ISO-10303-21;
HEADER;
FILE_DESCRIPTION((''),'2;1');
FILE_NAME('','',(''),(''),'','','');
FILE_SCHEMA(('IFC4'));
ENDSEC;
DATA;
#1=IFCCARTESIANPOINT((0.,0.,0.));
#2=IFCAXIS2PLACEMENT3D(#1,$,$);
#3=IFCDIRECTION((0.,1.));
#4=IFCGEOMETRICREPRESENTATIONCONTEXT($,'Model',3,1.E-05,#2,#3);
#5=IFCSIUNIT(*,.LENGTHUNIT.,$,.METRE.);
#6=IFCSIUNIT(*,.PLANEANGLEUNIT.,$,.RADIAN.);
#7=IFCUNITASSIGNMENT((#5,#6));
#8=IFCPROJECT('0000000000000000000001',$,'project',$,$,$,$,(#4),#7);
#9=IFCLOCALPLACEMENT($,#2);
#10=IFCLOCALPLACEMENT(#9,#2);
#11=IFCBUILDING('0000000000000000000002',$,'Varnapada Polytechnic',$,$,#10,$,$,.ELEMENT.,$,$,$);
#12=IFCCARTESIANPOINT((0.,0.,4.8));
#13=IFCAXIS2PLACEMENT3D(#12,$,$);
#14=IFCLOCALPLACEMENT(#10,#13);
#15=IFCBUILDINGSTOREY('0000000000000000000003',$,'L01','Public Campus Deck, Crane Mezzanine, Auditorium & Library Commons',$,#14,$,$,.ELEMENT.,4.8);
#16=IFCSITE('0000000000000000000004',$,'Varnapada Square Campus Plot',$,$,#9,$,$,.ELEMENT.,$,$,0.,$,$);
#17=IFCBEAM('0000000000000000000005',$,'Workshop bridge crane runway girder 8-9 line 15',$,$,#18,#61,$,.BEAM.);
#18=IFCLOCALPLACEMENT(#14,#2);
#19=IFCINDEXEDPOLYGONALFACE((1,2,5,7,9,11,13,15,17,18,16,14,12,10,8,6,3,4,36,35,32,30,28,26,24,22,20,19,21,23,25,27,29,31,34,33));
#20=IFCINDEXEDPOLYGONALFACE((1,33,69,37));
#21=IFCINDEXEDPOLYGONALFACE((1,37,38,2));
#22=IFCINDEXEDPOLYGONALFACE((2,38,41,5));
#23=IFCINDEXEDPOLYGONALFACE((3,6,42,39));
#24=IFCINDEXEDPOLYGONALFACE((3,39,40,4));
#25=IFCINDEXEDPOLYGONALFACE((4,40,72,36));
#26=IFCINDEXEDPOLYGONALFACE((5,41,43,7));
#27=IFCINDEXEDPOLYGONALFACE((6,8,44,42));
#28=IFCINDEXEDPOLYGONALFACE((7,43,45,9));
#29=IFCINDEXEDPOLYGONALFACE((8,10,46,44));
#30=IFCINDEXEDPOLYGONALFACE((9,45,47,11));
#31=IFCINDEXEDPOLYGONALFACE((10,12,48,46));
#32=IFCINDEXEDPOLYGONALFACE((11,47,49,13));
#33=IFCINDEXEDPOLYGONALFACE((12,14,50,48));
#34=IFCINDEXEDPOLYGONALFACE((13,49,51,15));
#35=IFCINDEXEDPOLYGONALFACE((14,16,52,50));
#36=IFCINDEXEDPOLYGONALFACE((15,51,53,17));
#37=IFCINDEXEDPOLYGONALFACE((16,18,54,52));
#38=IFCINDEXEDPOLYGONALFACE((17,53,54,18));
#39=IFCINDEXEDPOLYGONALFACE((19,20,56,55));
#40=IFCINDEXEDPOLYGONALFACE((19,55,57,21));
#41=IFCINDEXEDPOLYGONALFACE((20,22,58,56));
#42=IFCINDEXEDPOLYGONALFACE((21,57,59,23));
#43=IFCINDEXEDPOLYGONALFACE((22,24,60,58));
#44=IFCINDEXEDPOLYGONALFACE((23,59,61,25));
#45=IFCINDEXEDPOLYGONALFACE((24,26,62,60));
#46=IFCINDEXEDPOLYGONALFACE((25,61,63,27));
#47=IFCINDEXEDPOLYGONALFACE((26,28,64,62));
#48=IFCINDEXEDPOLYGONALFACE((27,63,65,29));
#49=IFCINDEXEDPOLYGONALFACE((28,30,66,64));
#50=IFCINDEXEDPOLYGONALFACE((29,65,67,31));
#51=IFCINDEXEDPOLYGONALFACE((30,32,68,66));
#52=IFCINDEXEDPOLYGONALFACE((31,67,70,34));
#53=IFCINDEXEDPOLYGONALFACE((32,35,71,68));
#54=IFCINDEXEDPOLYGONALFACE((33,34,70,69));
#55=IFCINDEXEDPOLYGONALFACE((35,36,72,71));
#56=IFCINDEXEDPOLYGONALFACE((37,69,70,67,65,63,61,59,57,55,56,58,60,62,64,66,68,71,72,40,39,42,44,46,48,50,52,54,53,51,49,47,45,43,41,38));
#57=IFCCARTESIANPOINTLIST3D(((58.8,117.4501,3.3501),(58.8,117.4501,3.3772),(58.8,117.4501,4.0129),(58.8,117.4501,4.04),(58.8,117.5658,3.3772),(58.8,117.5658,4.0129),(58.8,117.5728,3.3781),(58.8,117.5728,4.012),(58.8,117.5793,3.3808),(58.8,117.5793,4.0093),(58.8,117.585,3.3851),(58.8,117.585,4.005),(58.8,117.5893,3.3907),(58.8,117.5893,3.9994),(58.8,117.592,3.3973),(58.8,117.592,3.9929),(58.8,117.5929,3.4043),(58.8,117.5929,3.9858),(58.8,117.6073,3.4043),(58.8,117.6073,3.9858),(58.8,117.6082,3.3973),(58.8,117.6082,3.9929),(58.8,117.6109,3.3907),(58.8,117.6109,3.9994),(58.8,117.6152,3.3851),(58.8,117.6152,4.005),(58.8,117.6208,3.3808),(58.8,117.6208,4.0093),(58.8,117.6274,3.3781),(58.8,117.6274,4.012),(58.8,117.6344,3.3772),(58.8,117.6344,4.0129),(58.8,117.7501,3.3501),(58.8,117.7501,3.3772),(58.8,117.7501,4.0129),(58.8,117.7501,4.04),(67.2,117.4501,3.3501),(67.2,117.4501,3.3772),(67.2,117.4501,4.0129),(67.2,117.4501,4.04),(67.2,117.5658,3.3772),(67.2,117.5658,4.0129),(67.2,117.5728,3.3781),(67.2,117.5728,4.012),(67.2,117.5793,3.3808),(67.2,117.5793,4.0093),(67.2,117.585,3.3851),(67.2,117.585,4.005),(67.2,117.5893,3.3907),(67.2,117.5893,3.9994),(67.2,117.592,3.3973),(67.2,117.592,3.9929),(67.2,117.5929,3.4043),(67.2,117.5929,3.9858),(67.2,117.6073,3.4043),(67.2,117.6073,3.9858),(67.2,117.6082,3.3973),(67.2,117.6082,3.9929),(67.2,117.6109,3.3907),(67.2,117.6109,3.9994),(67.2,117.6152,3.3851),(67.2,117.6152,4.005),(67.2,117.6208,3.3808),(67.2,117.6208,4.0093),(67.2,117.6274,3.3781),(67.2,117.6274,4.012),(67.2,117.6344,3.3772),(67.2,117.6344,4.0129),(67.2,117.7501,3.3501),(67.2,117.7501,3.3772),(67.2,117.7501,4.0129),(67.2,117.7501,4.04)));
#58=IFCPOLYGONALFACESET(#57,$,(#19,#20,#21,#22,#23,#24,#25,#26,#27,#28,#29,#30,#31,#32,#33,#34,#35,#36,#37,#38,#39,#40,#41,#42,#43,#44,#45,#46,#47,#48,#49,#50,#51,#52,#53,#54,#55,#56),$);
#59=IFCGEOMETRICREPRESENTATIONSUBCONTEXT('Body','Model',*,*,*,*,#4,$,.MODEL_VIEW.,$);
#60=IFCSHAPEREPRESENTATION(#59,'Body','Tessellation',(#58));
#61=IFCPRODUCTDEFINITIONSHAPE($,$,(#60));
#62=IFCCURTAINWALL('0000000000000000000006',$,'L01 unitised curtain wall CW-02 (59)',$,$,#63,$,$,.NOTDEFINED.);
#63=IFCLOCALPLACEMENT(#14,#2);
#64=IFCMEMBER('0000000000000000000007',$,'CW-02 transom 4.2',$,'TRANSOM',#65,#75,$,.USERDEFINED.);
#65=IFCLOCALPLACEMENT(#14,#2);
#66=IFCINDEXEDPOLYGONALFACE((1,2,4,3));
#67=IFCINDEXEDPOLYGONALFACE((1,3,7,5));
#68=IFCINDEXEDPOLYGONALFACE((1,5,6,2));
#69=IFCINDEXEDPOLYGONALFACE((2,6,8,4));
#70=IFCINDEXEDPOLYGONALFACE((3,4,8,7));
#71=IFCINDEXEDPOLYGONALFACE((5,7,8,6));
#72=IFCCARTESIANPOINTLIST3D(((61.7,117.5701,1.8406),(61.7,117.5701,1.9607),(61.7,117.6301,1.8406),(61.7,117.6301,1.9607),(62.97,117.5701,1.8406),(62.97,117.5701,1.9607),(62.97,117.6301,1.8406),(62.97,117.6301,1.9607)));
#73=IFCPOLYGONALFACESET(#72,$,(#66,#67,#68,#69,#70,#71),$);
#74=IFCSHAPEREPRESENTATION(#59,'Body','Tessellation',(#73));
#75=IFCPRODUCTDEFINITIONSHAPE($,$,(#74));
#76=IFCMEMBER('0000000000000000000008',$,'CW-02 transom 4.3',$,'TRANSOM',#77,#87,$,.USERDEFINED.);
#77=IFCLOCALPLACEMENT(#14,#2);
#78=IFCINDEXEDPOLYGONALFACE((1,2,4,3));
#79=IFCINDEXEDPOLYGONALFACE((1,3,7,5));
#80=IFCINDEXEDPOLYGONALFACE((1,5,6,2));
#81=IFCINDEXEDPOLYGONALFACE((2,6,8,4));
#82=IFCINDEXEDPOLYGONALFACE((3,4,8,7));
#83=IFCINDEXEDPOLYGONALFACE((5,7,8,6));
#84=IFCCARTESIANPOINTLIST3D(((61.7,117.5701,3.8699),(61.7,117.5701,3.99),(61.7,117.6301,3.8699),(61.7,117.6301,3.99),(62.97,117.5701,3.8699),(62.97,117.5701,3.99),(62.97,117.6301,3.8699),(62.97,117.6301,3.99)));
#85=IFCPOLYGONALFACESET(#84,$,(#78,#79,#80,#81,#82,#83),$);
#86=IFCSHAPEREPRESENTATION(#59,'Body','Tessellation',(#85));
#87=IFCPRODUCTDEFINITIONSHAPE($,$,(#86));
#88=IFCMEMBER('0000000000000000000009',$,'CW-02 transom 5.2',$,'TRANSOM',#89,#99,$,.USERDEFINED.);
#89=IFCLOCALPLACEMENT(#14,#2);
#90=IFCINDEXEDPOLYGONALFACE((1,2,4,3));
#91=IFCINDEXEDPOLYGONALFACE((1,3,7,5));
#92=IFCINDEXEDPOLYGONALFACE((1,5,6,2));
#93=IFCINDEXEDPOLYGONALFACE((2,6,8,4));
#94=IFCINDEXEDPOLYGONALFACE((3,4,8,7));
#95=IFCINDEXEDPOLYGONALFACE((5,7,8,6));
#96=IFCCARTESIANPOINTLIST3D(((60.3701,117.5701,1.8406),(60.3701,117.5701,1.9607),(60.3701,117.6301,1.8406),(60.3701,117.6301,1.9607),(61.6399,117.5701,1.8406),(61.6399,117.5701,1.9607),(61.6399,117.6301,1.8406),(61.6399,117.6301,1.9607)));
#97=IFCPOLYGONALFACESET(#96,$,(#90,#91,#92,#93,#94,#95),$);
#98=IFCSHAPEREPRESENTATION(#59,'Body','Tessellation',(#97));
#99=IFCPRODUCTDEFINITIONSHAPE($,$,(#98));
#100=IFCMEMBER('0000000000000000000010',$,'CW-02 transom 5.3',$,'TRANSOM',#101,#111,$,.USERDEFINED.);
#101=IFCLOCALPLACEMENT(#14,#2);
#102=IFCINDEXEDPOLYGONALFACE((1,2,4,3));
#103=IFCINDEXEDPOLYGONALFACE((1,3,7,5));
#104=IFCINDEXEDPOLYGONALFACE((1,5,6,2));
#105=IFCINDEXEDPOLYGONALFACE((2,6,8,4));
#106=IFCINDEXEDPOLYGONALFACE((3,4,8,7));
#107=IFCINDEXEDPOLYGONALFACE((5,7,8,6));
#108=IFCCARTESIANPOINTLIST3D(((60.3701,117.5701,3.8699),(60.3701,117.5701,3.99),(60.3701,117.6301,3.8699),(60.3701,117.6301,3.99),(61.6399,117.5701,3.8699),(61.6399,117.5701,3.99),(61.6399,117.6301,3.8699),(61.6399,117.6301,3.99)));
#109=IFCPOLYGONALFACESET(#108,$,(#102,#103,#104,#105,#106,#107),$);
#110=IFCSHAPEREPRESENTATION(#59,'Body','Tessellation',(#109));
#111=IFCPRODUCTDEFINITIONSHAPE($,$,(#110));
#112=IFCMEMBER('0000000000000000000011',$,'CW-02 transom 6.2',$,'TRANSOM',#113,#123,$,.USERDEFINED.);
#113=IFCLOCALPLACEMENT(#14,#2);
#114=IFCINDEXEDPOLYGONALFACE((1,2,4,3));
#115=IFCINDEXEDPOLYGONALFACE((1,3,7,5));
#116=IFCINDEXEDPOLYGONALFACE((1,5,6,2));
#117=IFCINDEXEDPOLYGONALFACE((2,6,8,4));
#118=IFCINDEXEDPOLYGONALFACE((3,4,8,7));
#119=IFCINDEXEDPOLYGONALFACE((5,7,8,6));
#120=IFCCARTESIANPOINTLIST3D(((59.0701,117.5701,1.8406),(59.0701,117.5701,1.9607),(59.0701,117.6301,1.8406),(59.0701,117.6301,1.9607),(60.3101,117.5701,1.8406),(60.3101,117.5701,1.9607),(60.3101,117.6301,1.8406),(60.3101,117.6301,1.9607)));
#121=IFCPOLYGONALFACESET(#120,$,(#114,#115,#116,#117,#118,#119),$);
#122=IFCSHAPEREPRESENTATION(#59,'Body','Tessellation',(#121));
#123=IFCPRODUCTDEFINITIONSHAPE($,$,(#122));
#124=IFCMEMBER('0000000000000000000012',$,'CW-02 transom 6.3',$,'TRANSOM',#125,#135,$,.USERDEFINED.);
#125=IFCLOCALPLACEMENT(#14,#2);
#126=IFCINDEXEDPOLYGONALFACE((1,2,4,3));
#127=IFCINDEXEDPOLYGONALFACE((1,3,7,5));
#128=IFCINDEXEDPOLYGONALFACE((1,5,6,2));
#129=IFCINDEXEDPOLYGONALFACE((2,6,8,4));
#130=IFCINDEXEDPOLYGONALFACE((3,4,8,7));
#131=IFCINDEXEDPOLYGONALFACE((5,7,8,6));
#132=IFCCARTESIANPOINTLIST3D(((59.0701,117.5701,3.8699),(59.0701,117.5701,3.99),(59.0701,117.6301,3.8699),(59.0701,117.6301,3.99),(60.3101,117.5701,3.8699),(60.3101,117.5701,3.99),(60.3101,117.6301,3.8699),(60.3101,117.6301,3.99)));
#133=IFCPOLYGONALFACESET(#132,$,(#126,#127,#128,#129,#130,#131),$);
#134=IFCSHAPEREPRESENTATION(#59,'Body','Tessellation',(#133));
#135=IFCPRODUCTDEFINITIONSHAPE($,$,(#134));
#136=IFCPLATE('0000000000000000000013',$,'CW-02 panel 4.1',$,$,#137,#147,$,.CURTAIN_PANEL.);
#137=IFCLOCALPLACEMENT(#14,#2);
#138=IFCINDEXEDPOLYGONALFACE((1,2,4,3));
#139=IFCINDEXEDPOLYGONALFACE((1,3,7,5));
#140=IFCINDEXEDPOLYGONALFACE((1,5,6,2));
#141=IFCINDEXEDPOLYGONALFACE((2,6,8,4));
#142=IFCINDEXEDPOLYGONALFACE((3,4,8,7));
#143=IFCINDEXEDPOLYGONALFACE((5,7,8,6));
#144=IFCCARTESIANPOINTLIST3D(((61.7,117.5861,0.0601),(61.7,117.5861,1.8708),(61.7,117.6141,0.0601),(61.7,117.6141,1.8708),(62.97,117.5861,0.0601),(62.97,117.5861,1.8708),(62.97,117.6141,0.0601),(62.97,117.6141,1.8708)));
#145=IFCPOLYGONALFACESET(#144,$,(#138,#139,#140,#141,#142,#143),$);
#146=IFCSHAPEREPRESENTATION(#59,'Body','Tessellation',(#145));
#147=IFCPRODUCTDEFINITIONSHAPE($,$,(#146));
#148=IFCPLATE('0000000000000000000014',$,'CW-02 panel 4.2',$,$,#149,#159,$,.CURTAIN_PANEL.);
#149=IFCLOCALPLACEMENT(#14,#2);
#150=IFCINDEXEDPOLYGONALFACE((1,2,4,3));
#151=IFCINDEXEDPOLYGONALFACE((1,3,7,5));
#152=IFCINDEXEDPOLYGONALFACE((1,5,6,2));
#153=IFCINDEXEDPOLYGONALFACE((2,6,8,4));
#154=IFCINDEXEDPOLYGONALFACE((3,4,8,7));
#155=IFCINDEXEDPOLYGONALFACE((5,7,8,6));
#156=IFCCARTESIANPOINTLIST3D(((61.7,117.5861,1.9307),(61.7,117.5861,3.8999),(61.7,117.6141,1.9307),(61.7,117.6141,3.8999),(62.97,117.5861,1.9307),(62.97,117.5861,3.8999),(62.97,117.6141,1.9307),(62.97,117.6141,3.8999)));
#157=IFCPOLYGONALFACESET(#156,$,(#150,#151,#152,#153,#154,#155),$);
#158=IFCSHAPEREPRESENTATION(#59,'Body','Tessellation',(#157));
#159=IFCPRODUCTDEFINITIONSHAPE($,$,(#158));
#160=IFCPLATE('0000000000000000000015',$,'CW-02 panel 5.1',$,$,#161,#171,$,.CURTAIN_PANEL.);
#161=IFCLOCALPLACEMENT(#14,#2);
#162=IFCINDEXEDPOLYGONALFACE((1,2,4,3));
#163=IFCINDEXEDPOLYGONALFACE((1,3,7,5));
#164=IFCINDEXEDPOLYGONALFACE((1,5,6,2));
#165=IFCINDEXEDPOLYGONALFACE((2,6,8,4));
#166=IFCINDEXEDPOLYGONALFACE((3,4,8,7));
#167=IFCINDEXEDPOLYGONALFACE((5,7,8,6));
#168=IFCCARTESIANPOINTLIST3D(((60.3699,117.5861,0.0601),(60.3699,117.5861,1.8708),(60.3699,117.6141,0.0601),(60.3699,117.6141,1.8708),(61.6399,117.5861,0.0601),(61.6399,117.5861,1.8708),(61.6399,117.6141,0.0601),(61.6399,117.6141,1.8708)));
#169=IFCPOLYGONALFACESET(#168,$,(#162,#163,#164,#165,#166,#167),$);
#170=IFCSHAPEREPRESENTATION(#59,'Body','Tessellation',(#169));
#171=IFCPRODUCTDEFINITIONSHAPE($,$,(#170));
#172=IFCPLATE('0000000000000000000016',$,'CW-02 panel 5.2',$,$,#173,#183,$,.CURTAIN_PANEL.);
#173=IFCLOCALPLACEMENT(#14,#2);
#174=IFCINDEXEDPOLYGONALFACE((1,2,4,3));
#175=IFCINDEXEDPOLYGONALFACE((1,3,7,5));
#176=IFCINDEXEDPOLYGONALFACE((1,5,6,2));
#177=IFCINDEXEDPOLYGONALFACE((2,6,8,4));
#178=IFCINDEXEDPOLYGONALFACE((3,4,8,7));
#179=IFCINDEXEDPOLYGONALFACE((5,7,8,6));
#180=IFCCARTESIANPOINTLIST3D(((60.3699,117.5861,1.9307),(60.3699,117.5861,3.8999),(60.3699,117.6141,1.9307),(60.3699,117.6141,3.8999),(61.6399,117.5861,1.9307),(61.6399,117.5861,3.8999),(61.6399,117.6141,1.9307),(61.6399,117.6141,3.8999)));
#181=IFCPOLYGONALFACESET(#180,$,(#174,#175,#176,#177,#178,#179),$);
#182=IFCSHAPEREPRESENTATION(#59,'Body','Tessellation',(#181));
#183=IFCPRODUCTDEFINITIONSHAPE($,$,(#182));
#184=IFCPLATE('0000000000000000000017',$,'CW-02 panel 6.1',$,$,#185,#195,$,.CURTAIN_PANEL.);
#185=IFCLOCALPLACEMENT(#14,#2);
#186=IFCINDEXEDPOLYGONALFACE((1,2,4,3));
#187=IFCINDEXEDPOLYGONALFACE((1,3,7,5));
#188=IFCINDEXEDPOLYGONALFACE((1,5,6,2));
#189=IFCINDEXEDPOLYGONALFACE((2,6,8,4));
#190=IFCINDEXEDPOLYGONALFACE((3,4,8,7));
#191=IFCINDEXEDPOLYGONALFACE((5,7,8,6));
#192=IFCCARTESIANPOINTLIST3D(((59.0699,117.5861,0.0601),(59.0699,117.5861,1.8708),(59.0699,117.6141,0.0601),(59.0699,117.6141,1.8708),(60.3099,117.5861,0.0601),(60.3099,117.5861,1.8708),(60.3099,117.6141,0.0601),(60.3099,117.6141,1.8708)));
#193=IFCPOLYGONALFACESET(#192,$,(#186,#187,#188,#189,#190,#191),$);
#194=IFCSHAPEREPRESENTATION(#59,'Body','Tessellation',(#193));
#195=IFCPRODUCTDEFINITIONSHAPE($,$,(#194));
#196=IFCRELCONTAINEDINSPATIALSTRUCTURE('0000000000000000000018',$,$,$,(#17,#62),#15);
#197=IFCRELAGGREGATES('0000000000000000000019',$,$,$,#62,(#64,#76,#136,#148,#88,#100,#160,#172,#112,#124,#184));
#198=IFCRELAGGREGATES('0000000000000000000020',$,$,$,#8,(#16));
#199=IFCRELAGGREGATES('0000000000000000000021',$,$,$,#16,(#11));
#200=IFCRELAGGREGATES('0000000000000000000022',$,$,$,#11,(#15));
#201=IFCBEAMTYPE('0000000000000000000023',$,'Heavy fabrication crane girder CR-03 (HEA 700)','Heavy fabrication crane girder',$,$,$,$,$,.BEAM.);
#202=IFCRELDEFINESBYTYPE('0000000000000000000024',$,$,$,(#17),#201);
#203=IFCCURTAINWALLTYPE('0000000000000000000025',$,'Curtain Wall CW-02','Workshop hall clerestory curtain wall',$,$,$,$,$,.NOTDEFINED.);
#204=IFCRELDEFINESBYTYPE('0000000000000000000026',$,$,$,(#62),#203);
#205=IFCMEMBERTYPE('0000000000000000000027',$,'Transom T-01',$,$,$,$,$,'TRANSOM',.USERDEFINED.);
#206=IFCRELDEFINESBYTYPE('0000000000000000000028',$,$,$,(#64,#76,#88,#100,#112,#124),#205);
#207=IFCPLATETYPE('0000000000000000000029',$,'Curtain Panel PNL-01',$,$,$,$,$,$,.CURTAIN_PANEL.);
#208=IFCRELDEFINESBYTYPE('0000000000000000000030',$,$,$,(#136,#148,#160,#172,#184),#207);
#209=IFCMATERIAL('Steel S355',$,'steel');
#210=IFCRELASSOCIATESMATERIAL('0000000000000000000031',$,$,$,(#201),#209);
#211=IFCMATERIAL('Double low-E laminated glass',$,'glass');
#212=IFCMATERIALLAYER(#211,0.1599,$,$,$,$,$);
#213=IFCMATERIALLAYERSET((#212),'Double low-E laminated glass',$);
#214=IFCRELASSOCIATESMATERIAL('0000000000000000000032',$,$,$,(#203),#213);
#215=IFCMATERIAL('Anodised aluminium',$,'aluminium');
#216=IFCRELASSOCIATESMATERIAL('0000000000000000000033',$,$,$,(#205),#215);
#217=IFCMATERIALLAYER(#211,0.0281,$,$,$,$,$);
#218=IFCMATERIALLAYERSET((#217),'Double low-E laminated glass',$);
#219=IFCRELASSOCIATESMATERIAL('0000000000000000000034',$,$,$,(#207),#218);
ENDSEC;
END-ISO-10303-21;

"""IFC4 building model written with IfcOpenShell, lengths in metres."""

from ifc_helpers import new_model, si_unit, direction, frame, origin, origin_2d, place, context, subcontext, project, spatial, rectangle, i_section, extrude, material, layer, layer_set, material_profile, profile_set, type_object, element, aggregate, save


model = new_model("IFC4")

# Units and contexts
model_context = context("Model", 3, precision=1e-05, world=origin(), true_north=direction((0.0, 1.0)))
body_context = subcontext(model_context, "Body", "Model", "MODEL_VIEW")
ifc_project = project(units=[si_unit("LENGTHUNIT", "METRE"), si_unit("PLANEANGLEUNIT", "RADIAN")], contexts=[model_context])

# Site, building, storey
site_placement = place(None, origin())
site = spatial("IfcSite", under=ifc_project, at=site_placement, Name="Varnapada Square Campus Plot", CompositionType="ELEMENT", RefElevation=0.0)
building_placement = place(site_placement, origin())
building = spatial("IfcBuilding", under=site, at=building_placement, Name="Varnapada Polytechnic", CompositionType="ELEMENT")
storey_placement = place(building_placement, frame((0.0, 0.0, 4.8)))
storey = spatial("IfcBuildingStorey", under=building, at=storey_placement, Name="L01", Description="Public Campus Deck, Crane Mezzanine, Auditorium & Library Commons", CompositionType="ELEMENT", Elevation=4.8)

# Beam
ifc_material_1 = material(Name="Steel S355", Category="steel")
ifc_material_profile_1 = material_profile(ifc_material_1, i_section(OverallWidth=0.3, OverallDepth=0.6899, WebThickness=0.0144, FlangeThickness=0.0271, FilletRadius=0.0271, at=origin_2d()), Name="HEA 700")
ifc_profile_set_1 = profile_set([ifc_material_profile_1], Name="Steel S355")
beam_type = type_object("IfcBeamType", Name="Heavy fabrication crane girder CR-03 (HEA 700)", Description="Heavy fabrication crane girder", PredefinedType="BEAM", material=ifc_profile_set_1)
beam_placement = place(storey_placement, frame((58.8, 117.6001, 3.6951), z_axis=(1.0, 0.0, 0.0), x_axis=(0.0, 1.0, 0.0)))
element("IfcBeam", 1, at=beam_placement, inside=storey, type_object=beam_type, Name="Workshop bridge crane runway girder 8-9 line 15", PredefinedType="BEAM", context=body_context, shape_type="SweptSolid", body=[
    extrude(i_section(OverallWidth=0.3, OverallDepth=0.6899, WebThickness=0.0144, FlangeThickness=0.0271, FilletRadius=0.0271, at=origin_2d()), origin(), (0.0, 0.0, 1.0), 8.3999),
])

# Curtain wall, members, plates
ifc_material_2 = material(Name="Double low-E laminated glass", Category="glass")
ifc_layer_1 = layer(ifc_material_2, 0.1599)
ifc_layer_set_1 = layer_set([ifc_layer_1], Name="Double low-E laminated glass")
curtain_wall_type = type_object("IfcCurtainWallType", Name="Curtain Wall CW-02", Description="Workshop hall clerestory curtain wall", PredefinedType="NOTDEFINED", material=ifc_layer_set_1)
curtain_wall_placement = place(storey_placement, origin())
curtain_wall = element("IfcCurtainWall", 2, at=curtain_wall_placement, inside=storey, type_object=curtain_wall_type, Name="L01 unitised curtain wall CW-02 (59)", PredefinedType="NOTDEFINED")
ifc_material_3 = material(Name="Anodised aluminium", Category="aluminium")
ifc_material_profile_2 = material_profile(ifc_material_3, rectangle(XDim=0.0601, YDim=0.1201, at=origin_2d()), Name="ALU T60x120")
ifc_profile_set_2 = profile_set([ifc_material_profile_2], Name="Anodised aluminium")
member_type = type_object("IfcMemberType", Name="Transom T-01", ElementType="TRANSOM", PredefinedType="USERDEFINED", material=ifc_profile_set_2)
member_1_placement = place(storey_placement, frame((62.97, 117.6001, 1.9006), z_axis=(-1.0, 0.0, 0.0), x_axis=(0.0, -1.0, 0.0)))
member_1 = element("IfcMember", 3, at=member_1_placement, type_object=member_type, Name="CW-02 transom 4.2", ObjectType="TRANSOM", PredefinedType="USERDEFINED", context=body_context, shape_type="SweptSolid", body=[
    extrude(rectangle(XDim=0.0601, YDim=0.1201, at=origin_2d()), origin(), (0.0, 0.0, 1.0), 1.27),
])
member_2_placement = place(storey_placement, frame((62.97, 117.6001, 3.9299), z_axis=(-1.0, 0.0, 0.0), x_axis=(0.0, -1.0, 0.0)))
member_2 = element("IfcMember", 4, at=member_2_placement, type_object=member_type, Name="CW-02 transom 4.3", ObjectType="TRANSOM", PredefinedType="USERDEFINED", context=body_context, shape_type="SweptSolid", body=[
    extrude(rectangle(XDim=0.0601, YDim=0.1201, at=origin_2d()), origin(), (0.0, 0.0, 1.0), 1.27),
])
member_3_placement = place(storey_placement, frame((61.6399, 117.6001, 1.9006), z_axis=(-1.0, 0.0, 0.0), x_axis=(0.0, -1.0, 0.0)))
member_3 = element("IfcMember", 5, at=member_3_placement, type_object=member_type, Name="CW-02 transom 5.2", ObjectType="TRANSOM", PredefinedType="USERDEFINED", context=body_context, shape_type="SweptSolid", body=[
    extrude(rectangle(XDim=0.0601, YDim=0.1201, at=origin_2d()), origin(), (0.0, 0.0, 1.0), 1.2698),
])
member_4_placement = place(storey_placement, frame((61.6399, 117.6001, 3.9299), z_axis=(-1.0, 0.0, 0.0), x_axis=(0.0, -1.0, 0.0)))
member_4 = element("IfcMember", 6, at=member_4_placement, type_object=member_type, Name="CW-02 transom 5.3", ObjectType="TRANSOM", PredefinedType="USERDEFINED", context=body_context, shape_type="SweptSolid", body=[
    extrude(rectangle(XDim=0.0601, YDim=0.1201, at=origin_2d()), origin(), (0.0, 0.0, 1.0), 1.2698),
])
member_5_placement = place(storey_placement, frame((60.3101, 117.6001, 1.9006), z_axis=(-1.0, 0.0, 0.0), x_axis=(0.0, -1.0, 0.0)))
member_5 = element("IfcMember", 7, at=member_5_placement, type_object=member_type, Name="CW-02 transom 6.2", ObjectType="TRANSOM", PredefinedType="USERDEFINED", context=body_context, shape_type="SweptSolid", body=[
    extrude(rectangle(XDim=0.0601, YDim=0.1201, at=origin_2d()), origin(), (0.0, 0.0, 1.0), 1.24),
])
member_6_placement = place(storey_placement, frame((60.3101, 117.6001, 3.9299), z_axis=(-1.0, 0.0, 0.0), x_axis=(0.0, -1.0, 0.0)))
member_6 = element("IfcMember", 8, at=member_6_placement, type_object=member_type, Name="CW-02 transom 6.3", ObjectType="TRANSOM", PredefinedType="USERDEFINED", context=body_context, shape_type="SweptSolid", body=[
    extrude(rectangle(XDim=0.0601, YDim=0.1201, at=origin_2d()), origin(), (0.0, 0.0, 1.0), 1.24),
])
ifc_layer_2 = layer(ifc_material_2, 0.0281)
ifc_layer_set_2 = layer_set([ifc_layer_2], Name="Double low-E laminated glass")
plate_type = type_object("IfcPlateType", Name="Curtain Panel PNL-01", PredefinedType="CURTAIN_PANEL", material=ifc_layer_set_2)
plate_1_placement = place(storey_placement, frame((62.335, 117.6001, 0.0601), z_axis=(0.0, 0.0, 1.0), x_axis=(-1.0, 0.0, 0.0)))
plate_1 = element("IfcPlate", 9, at=plate_1_placement, type_object=plate_type, Name="CW-02 panel 4.1", PredefinedType="CURTAIN_PANEL", context=body_context, shape_type="SweptSolid", body=[
    extrude(rectangle(XDim=1.27, YDim=0.0281, at=origin_2d()), origin(), (0.0, 0.0, 1.0), 1.8108),
])
plate_2_placement = place(storey_placement, frame((62.335, 117.6001, 1.9307), z_axis=(0.0, 0.0, 1.0), x_axis=(-1.0, 0.0, 0.0)))
plate_2 = element("IfcPlate", 10, at=plate_2_placement, type_object=plate_type, Name="CW-02 panel 4.2", PredefinedType="CURTAIN_PANEL", context=body_context, shape_type="SweptSolid", body=[
    extrude(rectangle(XDim=1.27, YDim=0.0281, at=origin_2d()), origin(), (0.0, 0.0, 1.0), 1.9692),
])
plate_3_placement = place(storey_placement, frame((61.0049, 117.6001, 0.0601), z_axis=(0.0, 0.0, 1.0), x_axis=(-1.0, 0.0, 0.0)))
plate_3 = element("IfcPlate", 11, at=plate_3_placement, type_object=plate_type, Name="CW-02 panel 5.1", PredefinedType="CURTAIN_PANEL", context=body_context, shape_type="SweptSolid", body=[
    extrude(rectangle(XDim=1.27, YDim=0.0281, at=origin_2d()), origin(), (0.0, 0.0, 1.0), 1.8108),
])
plate_4_placement = place(storey_placement, frame((61.0049, 117.6001, 1.9307), z_axis=(0.0, 0.0, 1.0), x_axis=(-1.0, 0.0, 0.0)))
plate_4 = element("IfcPlate", 12, at=plate_4_placement, type_object=plate_type, Name="CW-02 panel 5.2", PredefinedType="CURTAIN_PANEL", context=body_context, shape_type="SweptSolid", body=[
    extrude(rectangle(XDim=1.27, YDim=0.0281, at=origin_2d()), origin(), (0.0, 0.0, 1.0), 1.9692),
])
plate_5_placement = place(storey_placement, frame((59.6899, 117.6001, 0.0601), z_axis=(0.0, 0.0, 1.0), x_axis=(-1.0, 0.0, 0.0)))
plate_5 = element("IfcPlate", 13, at=plate_5_placement, type_object=plate_type, Name="CW-02 panel 6.1", PredefinedType="CURTAIN_PANEL", context=body_context, shape_type="SweptSolid", body=[
    extrude(rectangle(XDim=1.24, YDim=0.0281, at=origin_2d()), origin(), (0.0, 0.0, 1.0), 1.8108),
])
aggregate(curtain_wall, [member_1, member_2, plate_1, plate_2, member_3, member_4, plate_3, plate_4, member_5, member_6, plate_5])

save(model, "model.ifc")
